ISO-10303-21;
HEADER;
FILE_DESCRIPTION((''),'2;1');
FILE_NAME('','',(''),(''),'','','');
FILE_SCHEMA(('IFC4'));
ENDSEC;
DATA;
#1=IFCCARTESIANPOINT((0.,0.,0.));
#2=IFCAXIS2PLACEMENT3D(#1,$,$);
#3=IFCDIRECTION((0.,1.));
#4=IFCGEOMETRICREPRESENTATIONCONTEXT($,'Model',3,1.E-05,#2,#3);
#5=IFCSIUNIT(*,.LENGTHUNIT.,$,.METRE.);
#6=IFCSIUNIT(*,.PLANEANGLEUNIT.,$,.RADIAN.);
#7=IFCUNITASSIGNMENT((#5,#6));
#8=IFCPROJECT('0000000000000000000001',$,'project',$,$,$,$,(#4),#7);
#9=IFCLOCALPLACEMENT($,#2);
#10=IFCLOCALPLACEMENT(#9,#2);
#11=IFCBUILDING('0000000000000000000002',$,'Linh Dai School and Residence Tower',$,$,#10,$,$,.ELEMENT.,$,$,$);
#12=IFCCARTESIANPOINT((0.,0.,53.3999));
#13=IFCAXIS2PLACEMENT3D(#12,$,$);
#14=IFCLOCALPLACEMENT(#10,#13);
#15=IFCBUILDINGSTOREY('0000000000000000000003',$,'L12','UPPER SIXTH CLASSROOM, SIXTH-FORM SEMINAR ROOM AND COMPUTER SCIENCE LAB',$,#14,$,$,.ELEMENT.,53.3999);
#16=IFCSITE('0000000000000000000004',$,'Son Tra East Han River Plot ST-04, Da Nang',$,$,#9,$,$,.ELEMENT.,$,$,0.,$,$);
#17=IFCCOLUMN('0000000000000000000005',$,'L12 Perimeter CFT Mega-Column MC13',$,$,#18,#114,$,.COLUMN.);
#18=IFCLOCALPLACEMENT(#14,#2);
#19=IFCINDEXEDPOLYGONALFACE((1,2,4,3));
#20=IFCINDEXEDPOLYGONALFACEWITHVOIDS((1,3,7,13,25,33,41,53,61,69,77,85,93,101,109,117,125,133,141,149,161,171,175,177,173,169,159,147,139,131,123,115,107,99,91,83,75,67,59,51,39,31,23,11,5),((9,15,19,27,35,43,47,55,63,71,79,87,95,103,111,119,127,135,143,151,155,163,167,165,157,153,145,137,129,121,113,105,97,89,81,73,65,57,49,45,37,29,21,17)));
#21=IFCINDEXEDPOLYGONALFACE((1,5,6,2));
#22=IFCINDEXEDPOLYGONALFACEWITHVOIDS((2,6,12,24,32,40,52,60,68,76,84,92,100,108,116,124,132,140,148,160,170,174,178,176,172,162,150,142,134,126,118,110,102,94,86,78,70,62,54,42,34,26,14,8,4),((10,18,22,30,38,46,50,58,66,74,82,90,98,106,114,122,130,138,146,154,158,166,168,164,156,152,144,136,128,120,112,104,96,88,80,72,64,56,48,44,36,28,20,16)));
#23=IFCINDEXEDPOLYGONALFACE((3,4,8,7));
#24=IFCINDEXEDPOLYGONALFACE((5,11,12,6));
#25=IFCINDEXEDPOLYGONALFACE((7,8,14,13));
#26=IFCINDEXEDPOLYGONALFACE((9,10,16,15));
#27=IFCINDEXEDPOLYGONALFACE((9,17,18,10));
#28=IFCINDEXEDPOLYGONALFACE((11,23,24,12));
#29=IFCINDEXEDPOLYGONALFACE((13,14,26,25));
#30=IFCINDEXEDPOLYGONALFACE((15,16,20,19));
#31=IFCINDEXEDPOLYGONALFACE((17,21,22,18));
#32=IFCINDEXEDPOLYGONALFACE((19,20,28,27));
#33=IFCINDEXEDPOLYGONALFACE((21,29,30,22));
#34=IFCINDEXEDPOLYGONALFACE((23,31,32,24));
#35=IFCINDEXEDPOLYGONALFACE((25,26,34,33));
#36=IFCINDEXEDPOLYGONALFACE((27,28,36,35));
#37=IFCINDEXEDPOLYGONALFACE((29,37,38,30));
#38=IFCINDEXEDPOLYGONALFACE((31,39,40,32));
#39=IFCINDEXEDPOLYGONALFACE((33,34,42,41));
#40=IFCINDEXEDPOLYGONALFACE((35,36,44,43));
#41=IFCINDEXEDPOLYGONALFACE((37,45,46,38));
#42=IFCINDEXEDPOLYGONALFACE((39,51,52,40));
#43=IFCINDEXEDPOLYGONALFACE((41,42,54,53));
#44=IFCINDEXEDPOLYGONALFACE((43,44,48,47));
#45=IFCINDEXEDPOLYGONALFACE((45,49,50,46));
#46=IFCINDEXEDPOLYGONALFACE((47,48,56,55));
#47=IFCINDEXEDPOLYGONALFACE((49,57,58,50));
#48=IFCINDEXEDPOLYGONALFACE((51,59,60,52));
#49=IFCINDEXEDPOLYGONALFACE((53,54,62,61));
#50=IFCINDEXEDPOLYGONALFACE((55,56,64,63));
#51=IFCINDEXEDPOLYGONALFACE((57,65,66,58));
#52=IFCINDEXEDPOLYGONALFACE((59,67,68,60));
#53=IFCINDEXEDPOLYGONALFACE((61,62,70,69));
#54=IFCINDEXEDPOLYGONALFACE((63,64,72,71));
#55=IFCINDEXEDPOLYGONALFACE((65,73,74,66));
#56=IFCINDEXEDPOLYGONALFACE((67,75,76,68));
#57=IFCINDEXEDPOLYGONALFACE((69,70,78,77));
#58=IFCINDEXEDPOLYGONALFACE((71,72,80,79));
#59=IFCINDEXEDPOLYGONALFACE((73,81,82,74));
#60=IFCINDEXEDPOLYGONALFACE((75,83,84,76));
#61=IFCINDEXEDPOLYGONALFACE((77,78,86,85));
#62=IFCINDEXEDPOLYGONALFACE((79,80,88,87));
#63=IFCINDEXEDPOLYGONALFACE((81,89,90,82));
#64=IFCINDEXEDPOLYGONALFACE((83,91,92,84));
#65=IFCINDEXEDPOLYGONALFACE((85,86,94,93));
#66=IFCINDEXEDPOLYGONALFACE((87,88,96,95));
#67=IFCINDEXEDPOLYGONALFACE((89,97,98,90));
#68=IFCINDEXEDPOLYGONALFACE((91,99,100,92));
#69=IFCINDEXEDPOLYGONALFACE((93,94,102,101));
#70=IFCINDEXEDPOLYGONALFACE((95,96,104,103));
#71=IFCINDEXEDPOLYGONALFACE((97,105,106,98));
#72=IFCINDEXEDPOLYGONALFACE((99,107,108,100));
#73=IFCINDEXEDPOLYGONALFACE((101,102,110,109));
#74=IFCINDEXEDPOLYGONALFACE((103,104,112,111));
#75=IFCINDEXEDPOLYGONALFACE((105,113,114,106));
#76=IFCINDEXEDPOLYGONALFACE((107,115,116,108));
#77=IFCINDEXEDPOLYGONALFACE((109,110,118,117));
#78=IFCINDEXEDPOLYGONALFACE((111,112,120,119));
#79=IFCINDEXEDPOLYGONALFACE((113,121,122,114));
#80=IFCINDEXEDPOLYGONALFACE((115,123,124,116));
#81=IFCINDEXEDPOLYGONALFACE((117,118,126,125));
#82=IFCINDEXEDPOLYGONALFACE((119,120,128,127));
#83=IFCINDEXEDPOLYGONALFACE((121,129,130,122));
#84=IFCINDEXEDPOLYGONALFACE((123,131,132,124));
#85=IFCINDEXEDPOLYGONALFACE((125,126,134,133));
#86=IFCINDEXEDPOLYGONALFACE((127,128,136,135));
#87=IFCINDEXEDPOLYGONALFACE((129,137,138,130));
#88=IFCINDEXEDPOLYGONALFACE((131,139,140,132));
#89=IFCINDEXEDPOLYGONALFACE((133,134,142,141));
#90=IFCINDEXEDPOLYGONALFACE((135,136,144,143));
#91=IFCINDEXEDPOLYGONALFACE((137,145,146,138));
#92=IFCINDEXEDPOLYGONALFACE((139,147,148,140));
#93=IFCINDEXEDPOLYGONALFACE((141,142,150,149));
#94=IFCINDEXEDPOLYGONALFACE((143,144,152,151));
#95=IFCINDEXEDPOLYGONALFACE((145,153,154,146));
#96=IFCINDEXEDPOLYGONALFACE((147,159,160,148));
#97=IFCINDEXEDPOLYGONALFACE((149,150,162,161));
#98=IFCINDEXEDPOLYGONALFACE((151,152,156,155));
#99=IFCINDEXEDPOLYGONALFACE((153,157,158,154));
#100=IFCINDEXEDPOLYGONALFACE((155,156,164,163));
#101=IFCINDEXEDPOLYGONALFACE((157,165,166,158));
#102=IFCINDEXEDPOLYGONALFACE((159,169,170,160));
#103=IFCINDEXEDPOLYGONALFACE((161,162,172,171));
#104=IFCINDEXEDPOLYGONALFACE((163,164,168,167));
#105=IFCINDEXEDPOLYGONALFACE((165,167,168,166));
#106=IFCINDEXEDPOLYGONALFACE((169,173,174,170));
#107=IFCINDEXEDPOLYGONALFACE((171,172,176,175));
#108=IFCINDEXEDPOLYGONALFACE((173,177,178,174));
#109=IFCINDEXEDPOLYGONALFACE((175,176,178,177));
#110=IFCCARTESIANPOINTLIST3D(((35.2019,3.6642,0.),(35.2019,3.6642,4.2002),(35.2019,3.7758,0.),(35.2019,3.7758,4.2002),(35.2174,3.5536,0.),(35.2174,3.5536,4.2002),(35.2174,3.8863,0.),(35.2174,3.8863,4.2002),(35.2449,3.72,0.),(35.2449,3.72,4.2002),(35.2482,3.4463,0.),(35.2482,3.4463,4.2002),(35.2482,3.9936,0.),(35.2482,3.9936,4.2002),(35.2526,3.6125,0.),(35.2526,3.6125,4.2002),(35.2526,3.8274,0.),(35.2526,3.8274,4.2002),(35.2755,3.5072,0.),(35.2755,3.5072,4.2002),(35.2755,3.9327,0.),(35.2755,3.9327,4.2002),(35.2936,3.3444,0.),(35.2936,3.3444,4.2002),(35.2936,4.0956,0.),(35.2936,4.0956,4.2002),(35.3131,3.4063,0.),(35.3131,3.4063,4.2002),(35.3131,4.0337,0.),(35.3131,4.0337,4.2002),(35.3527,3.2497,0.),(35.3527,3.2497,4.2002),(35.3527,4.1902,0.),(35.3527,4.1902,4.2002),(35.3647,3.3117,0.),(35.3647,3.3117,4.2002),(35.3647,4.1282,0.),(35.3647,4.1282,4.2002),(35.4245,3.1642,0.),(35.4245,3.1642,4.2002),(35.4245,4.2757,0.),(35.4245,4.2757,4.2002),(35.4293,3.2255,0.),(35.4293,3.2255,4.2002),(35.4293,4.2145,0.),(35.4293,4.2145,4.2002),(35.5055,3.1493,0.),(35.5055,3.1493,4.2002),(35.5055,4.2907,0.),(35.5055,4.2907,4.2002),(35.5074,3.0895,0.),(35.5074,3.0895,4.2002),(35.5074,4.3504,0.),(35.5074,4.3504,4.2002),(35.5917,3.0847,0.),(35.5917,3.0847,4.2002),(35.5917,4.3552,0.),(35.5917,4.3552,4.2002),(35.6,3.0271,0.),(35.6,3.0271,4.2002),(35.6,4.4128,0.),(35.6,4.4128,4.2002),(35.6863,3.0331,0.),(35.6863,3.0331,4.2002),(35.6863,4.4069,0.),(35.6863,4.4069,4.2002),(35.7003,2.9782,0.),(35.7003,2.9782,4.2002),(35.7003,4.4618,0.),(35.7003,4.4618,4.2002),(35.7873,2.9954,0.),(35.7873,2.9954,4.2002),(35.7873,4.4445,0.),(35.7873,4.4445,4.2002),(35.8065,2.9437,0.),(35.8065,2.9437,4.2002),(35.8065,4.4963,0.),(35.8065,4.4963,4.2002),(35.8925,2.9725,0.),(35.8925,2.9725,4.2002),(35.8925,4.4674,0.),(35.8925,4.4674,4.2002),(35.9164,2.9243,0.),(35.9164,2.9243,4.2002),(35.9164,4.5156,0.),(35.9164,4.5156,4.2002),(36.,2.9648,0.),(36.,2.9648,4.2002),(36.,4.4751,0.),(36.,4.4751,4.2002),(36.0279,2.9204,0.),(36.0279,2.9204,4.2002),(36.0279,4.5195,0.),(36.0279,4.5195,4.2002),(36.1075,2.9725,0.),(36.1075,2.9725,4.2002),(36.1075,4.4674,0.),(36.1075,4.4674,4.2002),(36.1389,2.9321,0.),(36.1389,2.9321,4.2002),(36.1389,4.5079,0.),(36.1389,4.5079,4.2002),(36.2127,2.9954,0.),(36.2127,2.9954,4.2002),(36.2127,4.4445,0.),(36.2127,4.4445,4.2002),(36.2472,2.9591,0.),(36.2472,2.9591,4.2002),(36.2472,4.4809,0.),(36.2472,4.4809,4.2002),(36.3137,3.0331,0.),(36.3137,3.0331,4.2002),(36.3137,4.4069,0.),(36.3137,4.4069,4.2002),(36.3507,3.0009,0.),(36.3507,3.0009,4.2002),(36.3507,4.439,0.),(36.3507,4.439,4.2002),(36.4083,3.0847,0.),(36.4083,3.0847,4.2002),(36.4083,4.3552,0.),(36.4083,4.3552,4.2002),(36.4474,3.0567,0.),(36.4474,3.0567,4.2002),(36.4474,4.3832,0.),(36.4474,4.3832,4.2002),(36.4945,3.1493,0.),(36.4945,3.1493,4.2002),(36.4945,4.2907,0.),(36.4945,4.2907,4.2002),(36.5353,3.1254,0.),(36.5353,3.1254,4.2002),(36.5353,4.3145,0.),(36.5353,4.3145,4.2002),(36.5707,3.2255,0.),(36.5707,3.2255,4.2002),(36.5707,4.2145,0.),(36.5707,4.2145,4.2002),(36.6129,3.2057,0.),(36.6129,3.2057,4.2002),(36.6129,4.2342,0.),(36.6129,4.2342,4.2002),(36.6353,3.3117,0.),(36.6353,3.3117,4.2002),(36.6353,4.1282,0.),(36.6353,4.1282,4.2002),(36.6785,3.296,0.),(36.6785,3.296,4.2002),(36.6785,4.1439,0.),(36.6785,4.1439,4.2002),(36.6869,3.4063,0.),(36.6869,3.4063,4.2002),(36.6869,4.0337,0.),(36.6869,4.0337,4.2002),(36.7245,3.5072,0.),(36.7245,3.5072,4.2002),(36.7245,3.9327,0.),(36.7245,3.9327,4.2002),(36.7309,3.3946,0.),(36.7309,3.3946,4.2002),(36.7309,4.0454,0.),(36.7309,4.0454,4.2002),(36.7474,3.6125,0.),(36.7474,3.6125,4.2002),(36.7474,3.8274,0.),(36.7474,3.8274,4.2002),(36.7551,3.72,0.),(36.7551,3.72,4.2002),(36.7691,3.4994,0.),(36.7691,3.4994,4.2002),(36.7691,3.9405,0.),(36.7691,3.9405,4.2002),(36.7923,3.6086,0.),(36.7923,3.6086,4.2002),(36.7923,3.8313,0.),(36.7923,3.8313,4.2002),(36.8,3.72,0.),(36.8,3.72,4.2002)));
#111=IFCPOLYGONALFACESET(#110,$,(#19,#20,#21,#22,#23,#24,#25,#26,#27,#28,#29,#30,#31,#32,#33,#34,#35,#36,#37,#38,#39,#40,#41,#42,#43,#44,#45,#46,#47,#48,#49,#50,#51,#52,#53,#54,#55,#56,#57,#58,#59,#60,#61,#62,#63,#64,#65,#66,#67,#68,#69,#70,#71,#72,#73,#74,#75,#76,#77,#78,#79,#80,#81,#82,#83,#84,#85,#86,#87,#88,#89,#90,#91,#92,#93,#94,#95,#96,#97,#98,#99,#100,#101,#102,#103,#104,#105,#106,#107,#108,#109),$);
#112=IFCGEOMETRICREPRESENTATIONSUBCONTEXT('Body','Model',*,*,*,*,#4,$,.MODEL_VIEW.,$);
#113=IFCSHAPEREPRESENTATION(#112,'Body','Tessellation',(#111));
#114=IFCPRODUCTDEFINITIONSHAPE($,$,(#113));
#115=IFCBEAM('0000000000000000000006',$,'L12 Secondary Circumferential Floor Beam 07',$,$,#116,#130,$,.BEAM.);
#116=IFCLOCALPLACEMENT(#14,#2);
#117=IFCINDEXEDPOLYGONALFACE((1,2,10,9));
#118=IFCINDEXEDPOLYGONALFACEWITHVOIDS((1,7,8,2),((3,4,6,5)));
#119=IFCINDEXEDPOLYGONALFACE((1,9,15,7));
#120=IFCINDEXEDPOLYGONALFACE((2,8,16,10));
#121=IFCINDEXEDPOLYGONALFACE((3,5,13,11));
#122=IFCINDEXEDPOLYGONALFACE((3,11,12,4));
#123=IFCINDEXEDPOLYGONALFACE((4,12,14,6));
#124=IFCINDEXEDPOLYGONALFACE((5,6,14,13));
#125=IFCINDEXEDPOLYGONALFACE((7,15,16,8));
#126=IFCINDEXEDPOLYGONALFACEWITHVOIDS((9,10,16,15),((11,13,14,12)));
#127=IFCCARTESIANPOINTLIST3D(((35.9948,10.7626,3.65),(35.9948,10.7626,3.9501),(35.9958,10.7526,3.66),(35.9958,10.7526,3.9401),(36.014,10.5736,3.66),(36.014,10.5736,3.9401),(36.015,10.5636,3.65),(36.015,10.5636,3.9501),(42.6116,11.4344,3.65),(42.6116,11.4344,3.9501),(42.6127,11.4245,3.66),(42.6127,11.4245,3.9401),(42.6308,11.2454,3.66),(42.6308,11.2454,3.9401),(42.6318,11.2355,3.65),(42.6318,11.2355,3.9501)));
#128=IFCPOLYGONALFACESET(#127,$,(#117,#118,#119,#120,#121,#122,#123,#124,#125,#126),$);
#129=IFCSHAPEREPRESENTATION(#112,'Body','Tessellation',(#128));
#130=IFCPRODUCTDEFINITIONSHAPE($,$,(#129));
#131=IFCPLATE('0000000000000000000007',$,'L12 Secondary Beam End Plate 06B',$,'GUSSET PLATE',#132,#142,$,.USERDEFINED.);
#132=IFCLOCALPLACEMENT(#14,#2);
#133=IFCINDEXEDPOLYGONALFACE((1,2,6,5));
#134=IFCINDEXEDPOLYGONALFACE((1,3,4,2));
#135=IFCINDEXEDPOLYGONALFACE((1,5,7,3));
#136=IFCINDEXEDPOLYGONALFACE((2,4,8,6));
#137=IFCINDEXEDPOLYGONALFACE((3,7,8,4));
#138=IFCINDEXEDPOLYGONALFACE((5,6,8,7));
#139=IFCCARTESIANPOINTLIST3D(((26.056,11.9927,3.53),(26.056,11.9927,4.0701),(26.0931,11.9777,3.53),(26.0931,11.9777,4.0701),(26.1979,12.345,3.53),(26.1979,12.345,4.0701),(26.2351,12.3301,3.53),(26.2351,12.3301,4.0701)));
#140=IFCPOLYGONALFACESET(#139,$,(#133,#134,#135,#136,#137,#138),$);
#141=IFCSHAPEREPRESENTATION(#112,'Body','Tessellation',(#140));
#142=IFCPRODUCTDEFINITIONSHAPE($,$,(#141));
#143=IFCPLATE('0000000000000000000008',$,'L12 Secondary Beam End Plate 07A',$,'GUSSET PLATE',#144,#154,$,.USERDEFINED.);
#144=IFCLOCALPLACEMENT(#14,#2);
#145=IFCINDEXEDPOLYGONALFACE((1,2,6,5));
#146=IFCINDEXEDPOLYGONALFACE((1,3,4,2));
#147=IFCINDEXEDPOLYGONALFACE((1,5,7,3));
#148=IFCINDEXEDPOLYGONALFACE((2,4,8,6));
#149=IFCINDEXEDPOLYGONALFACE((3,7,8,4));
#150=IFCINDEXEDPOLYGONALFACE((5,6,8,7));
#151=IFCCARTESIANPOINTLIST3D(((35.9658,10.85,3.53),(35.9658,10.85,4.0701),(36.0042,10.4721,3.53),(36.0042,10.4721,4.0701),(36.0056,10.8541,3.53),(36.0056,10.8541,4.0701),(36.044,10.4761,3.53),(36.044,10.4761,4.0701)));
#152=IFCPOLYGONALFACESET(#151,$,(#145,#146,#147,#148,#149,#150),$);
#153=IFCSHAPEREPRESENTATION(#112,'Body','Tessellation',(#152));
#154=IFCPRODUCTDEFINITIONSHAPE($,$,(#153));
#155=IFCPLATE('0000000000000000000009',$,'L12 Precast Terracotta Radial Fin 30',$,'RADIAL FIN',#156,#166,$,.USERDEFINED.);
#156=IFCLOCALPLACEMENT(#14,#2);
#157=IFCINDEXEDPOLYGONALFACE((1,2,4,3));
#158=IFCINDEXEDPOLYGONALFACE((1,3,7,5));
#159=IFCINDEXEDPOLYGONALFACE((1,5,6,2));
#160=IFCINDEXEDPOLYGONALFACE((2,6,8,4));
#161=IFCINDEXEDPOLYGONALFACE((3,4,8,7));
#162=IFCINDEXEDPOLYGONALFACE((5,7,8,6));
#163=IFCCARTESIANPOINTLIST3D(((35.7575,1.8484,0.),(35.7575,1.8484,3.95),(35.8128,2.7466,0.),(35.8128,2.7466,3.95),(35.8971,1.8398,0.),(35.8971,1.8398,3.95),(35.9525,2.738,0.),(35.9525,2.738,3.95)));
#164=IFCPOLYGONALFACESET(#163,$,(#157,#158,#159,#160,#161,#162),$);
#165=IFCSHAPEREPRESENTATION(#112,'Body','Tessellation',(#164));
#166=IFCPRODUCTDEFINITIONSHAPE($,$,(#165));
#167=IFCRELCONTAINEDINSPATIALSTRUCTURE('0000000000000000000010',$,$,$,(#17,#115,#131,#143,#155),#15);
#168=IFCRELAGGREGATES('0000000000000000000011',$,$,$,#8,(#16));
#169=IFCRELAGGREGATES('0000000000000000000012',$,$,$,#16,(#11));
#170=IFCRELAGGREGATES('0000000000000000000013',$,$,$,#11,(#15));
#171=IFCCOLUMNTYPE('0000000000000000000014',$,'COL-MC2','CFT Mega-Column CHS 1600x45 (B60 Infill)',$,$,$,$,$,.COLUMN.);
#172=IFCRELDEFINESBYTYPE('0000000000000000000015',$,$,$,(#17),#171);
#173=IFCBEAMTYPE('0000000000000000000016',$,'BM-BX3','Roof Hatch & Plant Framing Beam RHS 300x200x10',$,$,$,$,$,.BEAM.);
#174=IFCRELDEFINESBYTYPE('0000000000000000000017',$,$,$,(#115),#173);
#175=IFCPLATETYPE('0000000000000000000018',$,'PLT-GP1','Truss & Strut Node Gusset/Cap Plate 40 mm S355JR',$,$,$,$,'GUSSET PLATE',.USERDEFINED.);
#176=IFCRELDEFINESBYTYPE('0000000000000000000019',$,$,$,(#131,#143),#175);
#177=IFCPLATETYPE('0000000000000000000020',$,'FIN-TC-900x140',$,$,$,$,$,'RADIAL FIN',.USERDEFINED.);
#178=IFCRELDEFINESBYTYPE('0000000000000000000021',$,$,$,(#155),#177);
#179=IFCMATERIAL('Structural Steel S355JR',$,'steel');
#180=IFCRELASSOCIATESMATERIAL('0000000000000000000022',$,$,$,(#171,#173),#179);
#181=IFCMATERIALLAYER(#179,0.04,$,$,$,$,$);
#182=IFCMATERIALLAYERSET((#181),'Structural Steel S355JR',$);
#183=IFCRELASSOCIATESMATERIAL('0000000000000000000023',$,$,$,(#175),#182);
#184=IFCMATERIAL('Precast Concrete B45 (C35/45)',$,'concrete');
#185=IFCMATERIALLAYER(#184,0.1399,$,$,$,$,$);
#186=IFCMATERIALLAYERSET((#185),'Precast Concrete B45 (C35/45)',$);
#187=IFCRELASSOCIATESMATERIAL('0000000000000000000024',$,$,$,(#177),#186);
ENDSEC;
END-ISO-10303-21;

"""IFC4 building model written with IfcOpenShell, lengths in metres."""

from ifc_helpers import new_model, si_unit, direction, frame, origin, origin_2d, place, context, subcontext, project, spatial, rectangle, hollow_rectangle, hollow_circle, extrude, source, transform, mapped, material, layer, layer_set, material_profile, profile_set, type_object, element, save


model = new_model("IFC4")

# Units and contexts
model_context = context("Model", 3, precision=1e-05, world=origin(), true_north=direction((0.0, 1.0)))
body_context = subcontext(model_context, "Body", "Model", "MODEL_VIEW")
ifc_project = project(units=[si_unit("LENGTHUNIT", "METRE"), si_unit("PLANEANGLEUNIT", "RADIAN")], contexts=[model_context])

# Site, building, storey
site_placement = place(None, origin())
site = spatial("IfcSite", under=ifc_project, at=site_placement, Name="Son Tra East Han River Plot ST-04, Da Nang", CompositionType="ELEMENT", RefElevation=0.0)
building_placement = place(site_placement, origin())
building = spatial("IfcBuilding", under=site, at=building_placement, Name="Linh Dai School and Residence Tower", CompositionType="ELEMENT")
storey_placement = place(building_placement, frame((0.0, 0.0, 53.3999)))
storey = spatial("IfcBuildingStorey", under=building, at=storey_placement, Name="L12", Description="UPPER SIXTH CLASSROOM, SIXTH-FORM SEMINAR ROOM AND COMPUTER SCIENCE LAB", CompositionType="ELEMENT", Elevation=53.3999)

# Column
ifc_material_1 = material(Name="Structural Steel S355JR", Category="steel")
ifc_material_profile_1 = material_profile(ifc_material_1, hollow_circle(Radius=0.8, WallThickness=0.0449, at=origin_2d()), Name="CHS 1600x45")
ifc_profile_set_1 = profile_set([ifc_material_profile_1], Name="Structural Steel S355JR")
column_type = type_object("IfcColumnType", Name="COL-MC2", Description="CFT Mega-Column CHS 1600x45 (B60 Infill)", PredefinedType="COLUMN", material=ifc_profile_set_1)
column_placement = place(storey_placement, frame((36.0, 3.72, 0.0), z_axis=(0.0, 0.0, 1.0), x_axis=(1.0, 0.0, 0.0)))
element("IfcColumn", 1, at=column_placement, inside=storey, type_object=column_type, Name="L12 Perimeter CFT Mega-Column MC13", PredefinedType="COLUMN", context=body_context, shape_type="SweptSolid", body=[
    extrude(hollow_circle(Radius=0.8, WallThickness=0.0449, at=origin_2d()), origin(), (0.0, 0.0, 1.0), 4.2002),
])

# Beam
ifc_material_profile_2 = material_profile(ifc_material_1, hollow_rectangle(XDim=0.2, YDim=0.3, WallThickness=0.01, at=origin_2d()), Name="RHS 300x200x10")
ifc_profile_set_2 = profile_set([ifc_material_profile_2], Name="Structural Steel S355JR")
beam_type = type_object("IfcBeamType", Name="BM-BX3", Description="Roof Hatch & Plant Framing Beam RHS 300x200x10", PredefinedType="BEAM", material=ifc_profile_set_2)
beam_placement = place(storey_placement, frame((36.0049, 10.6631, 3.8), z_axis=(0.994884, 0.101019, 0.0), x_axis=(-0.101019, 0.994884, 0.0)))
element("IfcBeam", 2, at=beam_placement, inside=storey, type_object=beam_type, Name="L12 Secondary Circumferential Floor Beam 07", PredefinedType="BEAM", context=body_context, shape_type="SweptSolid", body=[
    extrude(hollow_rectangle(XDim=0.2, YDim=0.3, WallThickness=0.01, at=origin_2d()), origin(), (0.0, 0.0, 1.0), 6.6509),
])

# Plates
ifc_layer_1 = layer(ifc_material_1, 0.04)
ifc_layer_set_1 = layer_set([ifc_layer_1], Name="Structural Steel S355JR")
plate_type_1 = type_object("IfcPlateType", Name="PLT-GP1", Description="Truss & Strut Node Gusset/Cap Plate 40 mm S355JR", ElementType="GUSSET PLATE", PredefinedType="USERDEFINED", material=ifc_layer_set_1)
shared_shape_1 = source(origin(), body_context, "Body", "SweptSolid", [
    extrude(rectangle(XDim=0.04, YDim=0.3799, at=origin_2d()), origin(), (0.0, 0.0, 1.0), 0.54),
])
for number, where, z_axis, x_axis, name in (
    (3, (26.1455, 12.1614, 3.53), (0.0, 0.0, 1.0), (0.927536, -0.373733, 0.0), "L12 Secondary Beam End Plate 06B"),
    (4, (36.0049, 10.6631, 3.53), (0.0, 0.0, 1.0), (0.994884, 0.101023, 0.0), "L12 Secondary Beam End Plate 07A"),
):
    element("IfcPlate", number, at=place(storey_placement, frame(where, z_axis=z_axis, x_axis=x_axis)), inside=storey, type_object=plate_type_1, Name=name, ObjectType="GUSSET PLATE", PredefinedType="USERDEFINED", context=body_context, shape_type="MappedRepresentation", body=[
        mapped(shared_shape_1, transform((0.0, 0.0, 0.0), x_axis=(1.0, 0.0, 0.0), y_axis=(0.0, 1.0, 0.0), z_axis=(0.0, 0.0, 1.0), scale=1.0)),
    ])
ifc_material_2 = material(Name="Precast Concrete B45 (C35/45)", Category="concrete")
ifc_layer_2 = layer(ifc_material_2, 0.1399)
ifc_layer_set_2 = layer_set([ifc_layer_2], Name="Precast Concrete B45 (C35/45)")
plate_type_2 = type_object("IfcPlateType", Name="FIN-TC-900x140", ElementType="RADIAL FIN", PredefinedType="USERDEFINED", material=ifc_layer_set_2)
shared_shape_2 = source(origin(), body_context, "Body", "SweptSolid", [
    extrude(rectangle(XDim=0.8999, YDim=0.1399, at=origin_2d()), origin(), (0.0, 0.0, 1.0), 3.95),
])
plate_placement = place(storey_placement, frame((35.855, 2.2932, 0.0), z_axis=(0.0, 0.0, 1.0), x_axis=(-0.061507, -0.998107, 0.0)))
element("IfcPlate", 5, at=plate_placement, inside=storey, type_object=plate_type_2, Name="L12 Precast Terracotta Radial Fin 30", ObjectType="RADIAL FIN", PredefinedType="USERDEFINED", context=body_context, shape_type="MappedRepresentation", body=[
    mapped(shared_shape_2, transform((0.0, 0.0, 0.0), x_axis=(1.0, 0.0, 0.0), y_axis=(0.0, 1.0, 0.0), z_axis=(0.0, 0.0, 1.0), scale=1.0)),
])

save(model, "model.ifc")
